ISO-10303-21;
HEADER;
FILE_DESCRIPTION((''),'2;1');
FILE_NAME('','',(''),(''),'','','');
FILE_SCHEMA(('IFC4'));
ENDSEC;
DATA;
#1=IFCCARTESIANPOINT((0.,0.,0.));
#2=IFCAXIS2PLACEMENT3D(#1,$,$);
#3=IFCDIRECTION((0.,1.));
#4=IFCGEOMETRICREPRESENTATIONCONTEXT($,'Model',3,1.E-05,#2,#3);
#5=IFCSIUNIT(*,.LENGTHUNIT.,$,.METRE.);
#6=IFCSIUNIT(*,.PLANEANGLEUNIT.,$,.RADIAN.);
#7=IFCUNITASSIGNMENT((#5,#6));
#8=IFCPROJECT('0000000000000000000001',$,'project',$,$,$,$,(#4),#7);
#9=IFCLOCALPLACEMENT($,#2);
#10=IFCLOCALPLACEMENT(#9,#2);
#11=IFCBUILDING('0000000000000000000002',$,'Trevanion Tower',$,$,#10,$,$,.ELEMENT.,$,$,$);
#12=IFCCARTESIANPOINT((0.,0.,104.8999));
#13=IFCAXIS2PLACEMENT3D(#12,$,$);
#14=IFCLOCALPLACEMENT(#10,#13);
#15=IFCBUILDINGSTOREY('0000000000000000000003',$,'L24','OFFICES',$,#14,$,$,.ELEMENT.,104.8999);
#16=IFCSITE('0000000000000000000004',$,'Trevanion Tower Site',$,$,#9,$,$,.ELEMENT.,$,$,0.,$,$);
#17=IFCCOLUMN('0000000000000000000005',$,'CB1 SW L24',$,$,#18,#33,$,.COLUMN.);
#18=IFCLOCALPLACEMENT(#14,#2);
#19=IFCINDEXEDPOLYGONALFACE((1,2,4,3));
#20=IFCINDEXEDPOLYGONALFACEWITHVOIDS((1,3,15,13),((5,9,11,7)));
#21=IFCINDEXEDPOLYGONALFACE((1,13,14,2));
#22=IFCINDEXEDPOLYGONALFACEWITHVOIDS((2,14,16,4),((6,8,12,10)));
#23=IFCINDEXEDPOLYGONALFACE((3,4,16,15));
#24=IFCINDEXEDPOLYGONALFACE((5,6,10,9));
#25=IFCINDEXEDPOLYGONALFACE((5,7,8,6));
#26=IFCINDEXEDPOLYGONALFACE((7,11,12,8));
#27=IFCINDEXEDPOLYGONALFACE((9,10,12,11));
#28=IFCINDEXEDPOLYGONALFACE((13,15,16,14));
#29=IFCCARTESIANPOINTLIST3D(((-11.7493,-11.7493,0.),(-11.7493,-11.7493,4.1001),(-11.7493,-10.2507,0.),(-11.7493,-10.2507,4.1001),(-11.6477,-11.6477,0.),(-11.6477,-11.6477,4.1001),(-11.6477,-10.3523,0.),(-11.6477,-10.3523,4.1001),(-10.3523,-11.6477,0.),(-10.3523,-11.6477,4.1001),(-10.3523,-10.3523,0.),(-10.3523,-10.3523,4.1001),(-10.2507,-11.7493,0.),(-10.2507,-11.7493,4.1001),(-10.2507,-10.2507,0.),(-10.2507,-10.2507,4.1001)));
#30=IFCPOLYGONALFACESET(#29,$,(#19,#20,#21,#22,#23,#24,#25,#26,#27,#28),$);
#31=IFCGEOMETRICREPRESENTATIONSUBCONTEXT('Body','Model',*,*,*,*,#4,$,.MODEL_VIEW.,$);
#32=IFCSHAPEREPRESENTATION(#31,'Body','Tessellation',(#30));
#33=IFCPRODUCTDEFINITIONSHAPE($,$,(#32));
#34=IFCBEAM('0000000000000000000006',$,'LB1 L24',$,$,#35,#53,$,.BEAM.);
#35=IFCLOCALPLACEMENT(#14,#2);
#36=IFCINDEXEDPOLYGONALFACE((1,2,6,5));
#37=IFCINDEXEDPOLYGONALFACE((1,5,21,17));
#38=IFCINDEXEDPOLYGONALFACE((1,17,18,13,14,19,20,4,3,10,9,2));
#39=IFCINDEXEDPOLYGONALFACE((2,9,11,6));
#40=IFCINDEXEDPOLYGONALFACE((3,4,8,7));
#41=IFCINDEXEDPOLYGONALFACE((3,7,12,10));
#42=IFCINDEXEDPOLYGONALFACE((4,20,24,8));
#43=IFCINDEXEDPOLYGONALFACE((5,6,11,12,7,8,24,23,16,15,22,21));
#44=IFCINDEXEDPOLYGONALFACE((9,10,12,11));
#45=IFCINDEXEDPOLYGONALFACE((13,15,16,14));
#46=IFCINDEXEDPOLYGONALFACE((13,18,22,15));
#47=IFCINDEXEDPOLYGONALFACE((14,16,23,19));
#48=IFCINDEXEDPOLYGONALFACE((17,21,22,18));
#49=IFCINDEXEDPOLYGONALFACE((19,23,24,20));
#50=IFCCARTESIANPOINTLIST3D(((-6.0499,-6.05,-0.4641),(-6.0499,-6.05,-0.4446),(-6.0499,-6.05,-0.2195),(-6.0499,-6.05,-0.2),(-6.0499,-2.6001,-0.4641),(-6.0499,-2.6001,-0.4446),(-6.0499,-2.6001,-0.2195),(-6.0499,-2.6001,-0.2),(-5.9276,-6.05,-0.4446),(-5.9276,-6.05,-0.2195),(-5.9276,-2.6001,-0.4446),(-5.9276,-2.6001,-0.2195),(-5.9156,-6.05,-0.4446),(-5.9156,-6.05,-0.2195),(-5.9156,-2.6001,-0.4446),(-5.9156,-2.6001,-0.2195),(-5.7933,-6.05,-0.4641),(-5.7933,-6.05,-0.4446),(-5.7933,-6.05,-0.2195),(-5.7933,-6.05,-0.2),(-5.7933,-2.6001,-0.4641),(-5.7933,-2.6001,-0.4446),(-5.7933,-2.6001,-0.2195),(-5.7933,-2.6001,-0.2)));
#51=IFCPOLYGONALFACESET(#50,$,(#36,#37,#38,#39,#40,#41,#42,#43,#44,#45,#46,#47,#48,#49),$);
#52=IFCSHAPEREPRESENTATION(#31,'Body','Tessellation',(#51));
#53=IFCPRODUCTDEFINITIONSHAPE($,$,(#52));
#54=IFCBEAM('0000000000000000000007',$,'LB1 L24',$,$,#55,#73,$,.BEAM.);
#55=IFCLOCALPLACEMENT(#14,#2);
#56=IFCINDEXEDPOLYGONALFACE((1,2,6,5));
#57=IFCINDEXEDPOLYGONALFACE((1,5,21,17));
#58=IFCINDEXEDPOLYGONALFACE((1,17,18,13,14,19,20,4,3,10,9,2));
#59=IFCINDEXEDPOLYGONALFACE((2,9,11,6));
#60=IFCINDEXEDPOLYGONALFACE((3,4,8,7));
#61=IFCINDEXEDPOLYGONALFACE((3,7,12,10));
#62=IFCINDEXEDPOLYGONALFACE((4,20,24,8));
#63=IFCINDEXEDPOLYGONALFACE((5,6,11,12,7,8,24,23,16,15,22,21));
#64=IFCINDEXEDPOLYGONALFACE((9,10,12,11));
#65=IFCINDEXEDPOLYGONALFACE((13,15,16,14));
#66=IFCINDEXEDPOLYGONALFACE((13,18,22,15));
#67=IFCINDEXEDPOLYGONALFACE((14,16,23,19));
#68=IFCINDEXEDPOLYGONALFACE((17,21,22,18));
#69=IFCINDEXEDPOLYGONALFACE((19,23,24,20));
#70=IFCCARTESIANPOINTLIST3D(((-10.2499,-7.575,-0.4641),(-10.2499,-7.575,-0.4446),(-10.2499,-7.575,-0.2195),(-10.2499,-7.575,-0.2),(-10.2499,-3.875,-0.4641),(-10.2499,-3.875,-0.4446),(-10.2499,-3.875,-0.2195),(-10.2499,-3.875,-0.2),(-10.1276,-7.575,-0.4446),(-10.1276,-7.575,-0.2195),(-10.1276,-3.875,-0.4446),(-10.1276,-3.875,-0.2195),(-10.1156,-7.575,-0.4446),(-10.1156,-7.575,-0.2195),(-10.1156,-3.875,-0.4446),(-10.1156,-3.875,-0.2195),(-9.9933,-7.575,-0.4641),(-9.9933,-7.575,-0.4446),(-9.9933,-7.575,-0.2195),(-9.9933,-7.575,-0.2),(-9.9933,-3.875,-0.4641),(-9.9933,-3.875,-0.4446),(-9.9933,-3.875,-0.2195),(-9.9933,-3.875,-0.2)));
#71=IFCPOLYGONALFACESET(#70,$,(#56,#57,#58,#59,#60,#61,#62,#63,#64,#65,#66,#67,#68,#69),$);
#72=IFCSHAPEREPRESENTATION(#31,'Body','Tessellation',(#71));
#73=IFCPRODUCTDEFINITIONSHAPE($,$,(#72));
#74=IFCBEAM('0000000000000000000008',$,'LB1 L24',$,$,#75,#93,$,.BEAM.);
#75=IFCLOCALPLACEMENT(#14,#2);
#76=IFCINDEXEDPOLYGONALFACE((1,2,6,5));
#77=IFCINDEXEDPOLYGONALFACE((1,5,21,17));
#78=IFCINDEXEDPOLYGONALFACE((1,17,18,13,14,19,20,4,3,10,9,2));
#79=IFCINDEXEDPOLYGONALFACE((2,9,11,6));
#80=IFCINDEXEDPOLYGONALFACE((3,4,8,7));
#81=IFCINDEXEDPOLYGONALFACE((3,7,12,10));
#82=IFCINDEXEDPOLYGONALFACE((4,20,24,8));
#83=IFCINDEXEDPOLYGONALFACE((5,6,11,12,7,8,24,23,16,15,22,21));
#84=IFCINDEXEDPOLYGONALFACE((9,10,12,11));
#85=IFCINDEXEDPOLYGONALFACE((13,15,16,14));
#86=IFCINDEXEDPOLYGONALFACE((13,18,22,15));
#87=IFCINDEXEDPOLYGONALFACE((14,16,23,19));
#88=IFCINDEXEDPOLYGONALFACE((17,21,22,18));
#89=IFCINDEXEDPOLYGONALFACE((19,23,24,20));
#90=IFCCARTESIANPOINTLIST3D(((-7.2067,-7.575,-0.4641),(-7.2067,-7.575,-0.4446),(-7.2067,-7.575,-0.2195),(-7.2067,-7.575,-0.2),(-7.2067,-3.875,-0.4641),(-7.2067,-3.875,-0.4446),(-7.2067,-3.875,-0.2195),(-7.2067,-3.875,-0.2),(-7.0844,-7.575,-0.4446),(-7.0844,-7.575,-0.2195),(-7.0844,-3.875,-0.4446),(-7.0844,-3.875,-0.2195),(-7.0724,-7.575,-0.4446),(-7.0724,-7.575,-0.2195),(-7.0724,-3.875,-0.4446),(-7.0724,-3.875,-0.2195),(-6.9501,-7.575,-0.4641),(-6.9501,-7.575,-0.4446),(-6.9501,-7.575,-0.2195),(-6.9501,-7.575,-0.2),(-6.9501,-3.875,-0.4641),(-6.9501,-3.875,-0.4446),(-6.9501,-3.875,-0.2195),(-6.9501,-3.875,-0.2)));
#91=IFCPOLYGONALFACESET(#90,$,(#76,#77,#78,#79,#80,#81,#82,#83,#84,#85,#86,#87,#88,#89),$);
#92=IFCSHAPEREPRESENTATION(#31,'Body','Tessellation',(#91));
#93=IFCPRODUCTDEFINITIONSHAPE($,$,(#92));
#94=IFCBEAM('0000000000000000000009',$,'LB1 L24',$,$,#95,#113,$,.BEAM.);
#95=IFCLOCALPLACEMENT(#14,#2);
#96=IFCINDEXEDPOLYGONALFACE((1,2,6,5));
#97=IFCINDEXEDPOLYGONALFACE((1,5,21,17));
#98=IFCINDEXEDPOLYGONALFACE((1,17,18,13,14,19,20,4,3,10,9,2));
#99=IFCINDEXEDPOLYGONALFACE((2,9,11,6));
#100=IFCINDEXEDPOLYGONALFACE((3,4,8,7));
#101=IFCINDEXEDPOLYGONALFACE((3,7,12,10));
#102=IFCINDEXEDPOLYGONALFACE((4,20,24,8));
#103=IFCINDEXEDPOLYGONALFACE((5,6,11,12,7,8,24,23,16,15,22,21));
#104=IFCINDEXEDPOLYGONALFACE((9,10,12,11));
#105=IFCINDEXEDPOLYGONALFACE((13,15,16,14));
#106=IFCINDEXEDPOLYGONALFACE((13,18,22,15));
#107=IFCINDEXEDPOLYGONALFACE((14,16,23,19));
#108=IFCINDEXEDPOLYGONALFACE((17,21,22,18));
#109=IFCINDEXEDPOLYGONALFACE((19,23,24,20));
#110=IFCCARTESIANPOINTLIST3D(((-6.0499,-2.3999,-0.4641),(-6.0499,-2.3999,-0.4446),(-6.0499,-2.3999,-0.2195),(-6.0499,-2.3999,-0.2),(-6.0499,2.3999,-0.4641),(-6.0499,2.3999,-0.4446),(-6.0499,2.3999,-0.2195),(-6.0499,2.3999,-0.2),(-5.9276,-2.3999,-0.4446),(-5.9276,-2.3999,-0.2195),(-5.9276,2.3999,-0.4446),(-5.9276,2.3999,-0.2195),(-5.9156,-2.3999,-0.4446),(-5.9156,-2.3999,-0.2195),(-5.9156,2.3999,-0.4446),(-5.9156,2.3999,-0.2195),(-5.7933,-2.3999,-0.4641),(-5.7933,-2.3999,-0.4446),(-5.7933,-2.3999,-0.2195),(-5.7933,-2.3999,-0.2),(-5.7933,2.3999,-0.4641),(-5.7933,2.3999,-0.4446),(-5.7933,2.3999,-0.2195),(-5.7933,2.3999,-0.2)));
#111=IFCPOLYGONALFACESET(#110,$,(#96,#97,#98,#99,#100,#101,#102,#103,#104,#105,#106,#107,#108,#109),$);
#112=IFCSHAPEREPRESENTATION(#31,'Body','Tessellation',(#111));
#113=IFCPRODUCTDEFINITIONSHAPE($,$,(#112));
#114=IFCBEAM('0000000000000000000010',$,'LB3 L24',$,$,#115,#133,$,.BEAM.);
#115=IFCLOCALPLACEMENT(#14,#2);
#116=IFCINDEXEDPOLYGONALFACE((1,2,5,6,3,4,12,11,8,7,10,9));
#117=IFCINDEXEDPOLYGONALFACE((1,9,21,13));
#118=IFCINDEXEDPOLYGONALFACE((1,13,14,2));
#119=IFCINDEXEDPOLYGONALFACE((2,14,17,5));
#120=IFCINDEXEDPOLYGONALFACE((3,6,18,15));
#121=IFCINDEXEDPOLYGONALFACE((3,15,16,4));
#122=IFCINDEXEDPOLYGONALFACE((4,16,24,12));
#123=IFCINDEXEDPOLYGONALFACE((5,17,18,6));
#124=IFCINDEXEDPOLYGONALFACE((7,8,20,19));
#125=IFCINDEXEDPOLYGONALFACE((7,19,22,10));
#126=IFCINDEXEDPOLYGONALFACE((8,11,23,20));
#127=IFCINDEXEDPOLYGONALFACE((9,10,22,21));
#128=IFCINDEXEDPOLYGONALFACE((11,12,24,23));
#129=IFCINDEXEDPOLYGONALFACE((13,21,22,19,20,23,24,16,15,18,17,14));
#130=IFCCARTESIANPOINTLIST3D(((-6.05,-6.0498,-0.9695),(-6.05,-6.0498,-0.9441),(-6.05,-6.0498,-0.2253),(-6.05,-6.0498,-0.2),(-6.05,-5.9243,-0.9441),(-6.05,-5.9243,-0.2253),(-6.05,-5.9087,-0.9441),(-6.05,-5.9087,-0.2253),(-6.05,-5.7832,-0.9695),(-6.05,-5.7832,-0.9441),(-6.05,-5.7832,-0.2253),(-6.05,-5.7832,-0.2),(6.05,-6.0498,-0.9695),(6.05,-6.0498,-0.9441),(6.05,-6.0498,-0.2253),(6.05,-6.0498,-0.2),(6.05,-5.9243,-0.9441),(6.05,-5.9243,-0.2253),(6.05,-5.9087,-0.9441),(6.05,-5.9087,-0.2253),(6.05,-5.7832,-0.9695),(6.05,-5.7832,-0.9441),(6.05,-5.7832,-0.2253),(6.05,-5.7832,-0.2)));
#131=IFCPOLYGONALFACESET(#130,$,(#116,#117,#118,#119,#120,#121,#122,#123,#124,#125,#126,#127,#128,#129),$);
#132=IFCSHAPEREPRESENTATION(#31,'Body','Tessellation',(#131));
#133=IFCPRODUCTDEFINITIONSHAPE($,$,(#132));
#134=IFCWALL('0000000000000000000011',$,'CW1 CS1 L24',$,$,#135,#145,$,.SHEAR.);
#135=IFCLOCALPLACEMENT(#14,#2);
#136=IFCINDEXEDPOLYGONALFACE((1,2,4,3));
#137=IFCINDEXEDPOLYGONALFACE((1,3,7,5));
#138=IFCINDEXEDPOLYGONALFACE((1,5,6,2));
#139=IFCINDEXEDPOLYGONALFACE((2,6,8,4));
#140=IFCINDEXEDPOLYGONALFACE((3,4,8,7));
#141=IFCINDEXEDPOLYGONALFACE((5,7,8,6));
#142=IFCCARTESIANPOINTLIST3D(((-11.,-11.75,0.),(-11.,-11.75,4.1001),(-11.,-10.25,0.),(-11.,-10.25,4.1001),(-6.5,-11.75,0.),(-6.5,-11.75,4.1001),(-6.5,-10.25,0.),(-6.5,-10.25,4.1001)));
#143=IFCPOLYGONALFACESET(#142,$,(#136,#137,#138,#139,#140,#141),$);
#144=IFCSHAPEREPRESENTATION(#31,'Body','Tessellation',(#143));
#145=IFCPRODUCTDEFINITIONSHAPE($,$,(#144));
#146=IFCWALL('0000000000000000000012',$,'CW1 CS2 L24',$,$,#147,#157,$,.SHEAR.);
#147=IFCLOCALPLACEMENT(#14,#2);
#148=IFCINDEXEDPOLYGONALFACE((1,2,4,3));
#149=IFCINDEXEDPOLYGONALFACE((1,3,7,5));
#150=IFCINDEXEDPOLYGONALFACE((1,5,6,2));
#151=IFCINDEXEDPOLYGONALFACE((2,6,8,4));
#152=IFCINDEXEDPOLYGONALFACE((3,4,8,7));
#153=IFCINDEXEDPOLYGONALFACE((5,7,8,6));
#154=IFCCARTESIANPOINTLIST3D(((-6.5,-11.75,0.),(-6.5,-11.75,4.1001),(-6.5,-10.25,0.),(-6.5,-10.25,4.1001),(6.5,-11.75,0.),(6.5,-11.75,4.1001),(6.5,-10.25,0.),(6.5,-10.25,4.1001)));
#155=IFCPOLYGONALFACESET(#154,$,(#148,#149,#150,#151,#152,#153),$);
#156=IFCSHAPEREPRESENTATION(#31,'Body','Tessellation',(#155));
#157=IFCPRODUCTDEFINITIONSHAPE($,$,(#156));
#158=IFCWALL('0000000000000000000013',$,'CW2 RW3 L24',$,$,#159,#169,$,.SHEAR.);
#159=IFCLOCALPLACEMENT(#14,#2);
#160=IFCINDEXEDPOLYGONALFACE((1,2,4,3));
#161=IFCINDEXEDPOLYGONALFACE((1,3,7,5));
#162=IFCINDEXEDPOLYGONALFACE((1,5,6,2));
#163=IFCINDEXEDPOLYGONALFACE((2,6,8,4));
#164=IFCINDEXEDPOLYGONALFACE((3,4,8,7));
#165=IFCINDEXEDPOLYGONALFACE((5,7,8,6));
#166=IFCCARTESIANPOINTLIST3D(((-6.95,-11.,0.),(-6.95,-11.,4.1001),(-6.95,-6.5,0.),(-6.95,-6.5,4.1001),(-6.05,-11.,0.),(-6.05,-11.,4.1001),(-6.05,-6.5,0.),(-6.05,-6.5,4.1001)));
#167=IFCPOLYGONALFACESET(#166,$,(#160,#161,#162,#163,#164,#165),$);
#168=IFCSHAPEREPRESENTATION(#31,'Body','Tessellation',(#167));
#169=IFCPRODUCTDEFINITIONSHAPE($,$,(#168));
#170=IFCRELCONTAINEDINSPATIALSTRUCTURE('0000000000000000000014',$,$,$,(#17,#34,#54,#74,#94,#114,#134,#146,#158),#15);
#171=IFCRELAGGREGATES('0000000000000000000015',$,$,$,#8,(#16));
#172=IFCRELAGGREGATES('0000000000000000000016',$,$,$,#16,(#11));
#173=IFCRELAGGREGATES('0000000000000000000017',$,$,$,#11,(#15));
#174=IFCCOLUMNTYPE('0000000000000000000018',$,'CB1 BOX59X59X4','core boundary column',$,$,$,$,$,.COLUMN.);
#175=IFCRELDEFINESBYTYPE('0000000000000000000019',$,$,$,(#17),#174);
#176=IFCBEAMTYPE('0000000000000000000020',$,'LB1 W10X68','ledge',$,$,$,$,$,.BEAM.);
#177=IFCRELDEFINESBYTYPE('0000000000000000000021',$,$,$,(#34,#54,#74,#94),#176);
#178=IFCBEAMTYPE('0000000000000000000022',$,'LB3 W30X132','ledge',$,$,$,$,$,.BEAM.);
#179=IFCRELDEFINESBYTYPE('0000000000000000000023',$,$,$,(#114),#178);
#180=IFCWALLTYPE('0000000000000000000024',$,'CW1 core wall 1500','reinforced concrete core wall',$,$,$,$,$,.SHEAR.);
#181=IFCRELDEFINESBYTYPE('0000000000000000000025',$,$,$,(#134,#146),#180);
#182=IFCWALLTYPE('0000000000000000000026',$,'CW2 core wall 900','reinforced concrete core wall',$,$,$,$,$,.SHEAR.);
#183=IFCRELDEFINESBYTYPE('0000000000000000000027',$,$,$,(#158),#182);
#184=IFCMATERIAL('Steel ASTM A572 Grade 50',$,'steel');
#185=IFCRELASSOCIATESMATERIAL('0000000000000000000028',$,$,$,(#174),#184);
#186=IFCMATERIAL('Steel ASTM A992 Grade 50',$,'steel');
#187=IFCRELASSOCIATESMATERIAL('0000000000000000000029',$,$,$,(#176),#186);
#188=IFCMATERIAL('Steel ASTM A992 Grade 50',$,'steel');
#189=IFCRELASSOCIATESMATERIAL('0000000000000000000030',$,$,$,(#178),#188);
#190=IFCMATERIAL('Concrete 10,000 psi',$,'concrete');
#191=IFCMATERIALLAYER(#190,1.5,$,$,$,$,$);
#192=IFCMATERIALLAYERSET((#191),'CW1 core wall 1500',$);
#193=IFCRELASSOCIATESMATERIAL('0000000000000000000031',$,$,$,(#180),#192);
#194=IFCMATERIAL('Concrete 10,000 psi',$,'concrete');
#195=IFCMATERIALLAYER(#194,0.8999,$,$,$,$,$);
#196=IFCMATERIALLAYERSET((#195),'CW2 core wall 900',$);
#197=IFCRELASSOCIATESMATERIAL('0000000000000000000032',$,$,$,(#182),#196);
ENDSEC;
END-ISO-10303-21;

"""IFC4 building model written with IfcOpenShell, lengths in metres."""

from ifc_helpers import new_model, si_unit, direction, frame, frame_2d, origin, origin_2d, place, context, subcontext, project, spatial, rectangle, hollow_rectangle, i_section, extrude, material, layer, layer_set, material_profile, profile_set, type_object, element, save


model = new_model("IFC4")

# Units and contexts
model_context = context("Model", 3, precision=1e-05, world=origin(), true_north=direction((0.0, 1.0)))
body_context = subcontext(model_context, "Body", "Model", "MODEL_VIEW")
ifc_project = project(units=[si_unit("LENGTHUNIT", "METRE"), si_unit("PLANEANGLEUNIT", "RADIAN")], contexts=[model_context])

# Site, building, storey
site_placement = place(None, origin())
site = spatial("IfcSite", under=ifc_project, at=site_placement, Name="Trevanion Tower Site", CompositionType="ELEMENT", RefElevation=0.0)
building_placement = place(site_placement, origin())
building = spatial("IfcBuilding", under=site, at=building_placement, Name="Trevanion Tower", CompositionType="ELEMENT")
storey_placement = place(building_placement, frame((0.0, 0.0, 104.8999)))
storey = spatial("IfcBuildingStorey", under=building, at=storey_placement, Name="L24", Description="OFFICES", CompositionType="ELEMENT", Elevation=104.8999)

# Column
ifc_material_1 = material(Name="Steel ASTM A572 Grade 50", Category="steel")
ifc_material_profile_1 = material_profile(ifc_material_1, hollow_rectangle(XDim=1.4985, YDim=1.4985, WallThickness=0.1016, at=origin_2d()), Name="BOX59X59X4")
ifc_profile_set_1 = profile_set([ifc_material_profile_1], Name="Steel ASTM A572 Grade 50")
column_type = type_object("IfcColumnType", Name="CB1 BOX59X59X4", Description="core boundary column", PredefinedType="COLUMN", material=ifc_profile_set_1)
column_placement = place(storey_placement, frame((-11.0, -11.0, 0.0), z_axis=(0.0, 0.0, 1.0), x_axis=(1.0, 0.0, 0.0)))
element("IfcColumn", 1, at=column_placement, inside=storey, type_object=column_type, Name="CB1 SW L24", PredefinedType="COLUMN", context=body_context, shape_type="SweptSolid", body=[
    extrude(hollow_rectangle(XDim=1.4985, YDim=1.4985, WallThickness=0.1016, at=origin_2d()), origin(), (0.0, 0.0, 1.0), 4.1001),
])

# Beams
ifc_material_2 = material(Name="Steel ASTM A992 Grade 50", Category="steel")
ifc_material_profile_2 = material_profile(ifc_material_2, i_section(OverallWidth=0.2566, OverallDepth=0.2642, WebThickness=0.012, FlangeThickness=0.0195, at=origin_2d()), Name="W10X68")
ifc_profile_set_2 = profile_set([ifc_material_profile_2], Name="Steel ASTM A992 Grade 50")
beam_type_1 = type_object("IfcBeamType", Name="LB1 W10X68", Description="ledge", PredefinedType="BEAM", material=ifc_profile_set_2)
beam_1_placement = place(storey_placement, frame((-5.9216, -6.05, -0.332), z_axis=(0.0, 1.0, 0.0), x_axis=(-1.0, 0.0, 0.0)))
element("IfcBeam", 2, at=beam_1_placement, inside=storey, type_object=beam_type_1, Name="LB1 L24", PredefinedType="BEAM", context=body_context, shape_type="SweptSolid", body=[
    extrude(i_section(OverallWidth=0.2566, OverallDepth=0.2642, WebThickness=0.012, FlangeThickness=0.0195, at=origin_2d()), origin(), (0.0, 0.0, 1.0), 3.45),
])
for number, where, z_axis, x_axis, name in (
    (3, (-10.1216, -7.575, -0.332), (0.0, 1.0, 0.0), (-1.0, 0.0, 0.0), "LB1 L24"),
    (4, (-7.0784, -7.575, -0.332), (0.0, 1.0, 0.0), (-1.0, 0.0, 0.0), "LB1 L24"),
):
    element("IfcBeam", number, at=place(storey_placement, frame(where, z_axis=z_axis, x_axis=x_axis)), inside=storey, type_object=beam_type_1, Name=name, PredefinedType="BEAM", context=body_context, shape_type="SweptSolid", body=[
        extrude(i_section(OverallWidth=0.2566, OverallDepth=0.2642, WebThickness=0.012, FlangeThickness=0.0195, at=origin_2d()), origin(), (0.0, 0.0, 1.0), 3.7),
    ])
beam_2_placement = place(storey_placement, frame((-5.9216, -2.3999, -0.332), z_axis=(0.0, 1.0, 0.0), x_axis=(-1.0, 0.0, 0.0)))
element("IfcBeam", 5, at=beam_2_placement, inside=storey, type_object=beam_type_1, Name="LB1 L24", PredefinedType="BEAM", context=body_context, shape_type="SweptSolid", body=[
    extrude(i_section(OverallWidth=0.2566, OverallDepth=0.2642, WebThickness=0.012, FlangeThickness=0.0195, at=origin_2d()), origin(), (0.0, 0.0, 1.0), 4.7998),
])
ifc_material_3 = material(Name="Steel ASTM A992 Grade 50", Category="steel")
ifc_material_profile_3 = material_profile(ifc_material_3, i_section(OverallWidth=0.2666, OverallDepth=0.7695, WebThickness=0.0156, FlangeThickness=0.0254, at=origin_2d()), Name="W30X132")
ifc_profile_set_3 = profile_set([ifc_material_profile_3], Name="Steel ASTM A992 Grade 50")
beam_type_2 = type_object("IfcBeamType", Name="LB3 W30X132", Description="ledge", PredefinedType="BEAM", material=ifc_profile_set_3)
beam_3_placement = place(storey_placement, frame((-6.05, -5.9165, -0.5847), z_axis=(1.0, 0.0, 0.0), x_axis=(0.0, 1.0, 0.0)))
element("IfcBeam", 6, at=beam_3_placement, inside=storey, type_object=beam_type_2, Name="LB3 L24", PredefinedType="BEAM", context=body_context, shape_type="SweptSolid", body=[
    extrude(i_section(OverallWidth=0.2666, OverallDepth=0.7695, WebThickness=0.0156, FlangeThickness=0.0254, at=origin_2d()), origin(), (0.0, 0.0, 1.0), 12.1001),
])

# Walls
ifc_material_4 = material(Name="Concrete 10,000 psi", Category="concrete")
ifc_layer_1 = layer(ifc_material_4, 1.5)
ifc_layer_set_1 = layer_set([ifc_layer_1], Name="CW1 core wall 1500")
wall_type_1 = type_object("IfcWallType", Name="CW1 core wall 1500", Description="reinforced concrete core wall", PredefinedType="SHEAR", material=ifc_layer_set_1)
wall_1_placement = place(storey_placement, frame((-11.0, -11.0, 0.0), z_axis=(0.0, 0.0, 1.0), x_axis=(1.0, 0.0, 0.0)))
element("IfcWall", 7, at=wall_1_placement, inside=storey, type_object=wall_type_1, Name="CW1 CS1 L24", PredefinedType="SHEAR", context=body_context, shape_type="SweptSolid", body=[
    extrude(rectangle(XDim=4.5, YDim=1.5, at=frame_2d((2.25, 0.0))), origin(), (0.0, 0.0, 1.0), 4.1001),
])
wall_2_placement = place(storey_placement, frame((-6.5, -11.0, 0.0), z_axis=(0.0, 0.0, 1.0), x_axis=(1.0, 0.0, 0.0)))
element("IfcWall", 8, at=wall_2_placement, inside=storey, type_object=wall_type_1, Name="CW1 CS2 L24", PredefinedType="SHEAR", context=body_context, shape_type="SweptSolid", body=[
    extrude(rectangle(XDim=13.0, YDim=1.5, at=frame_2d((6.5, 0.0))), origin(), (0.0, 0.0, 1.0), 4.1001),
])
ifc_material_5 = material(Name="Concrete 10,000 psi", Category="concrete")
ifc_layer_2 = layer(ifc_material_5, 0.8999)
ifc_layer_set_2 = layer_set([ifc_layer_2], Name="CW2 core wall 900")
wall_type_2 = type_object("IfcWallType", Name="CW2 core wall 900", Description="reinforced concrete core wall", PredefinedType="SHEAR", material=ifc_layer_set_2)
wall_3_placement = place(storey_placement, frame((-6.5, -6.5, 0.0), z_axis=(0.0, 0.0, 1.0), x_axis=(0.0, -1.0, 0.0)))
element("IfcWall", 9, at=wall_3_placement, inside=storey, type_object=wall_type_2, Name="CW2 RW3 L24", PredefinedType="SHEAR", context=body_context, shape_type="SweptSolid", body=[
    extrude(rectangle(XDim=4.5, YDim=0.8999, at=frame_2d((2.25, 0.0))), origin(), (0.0, 0.0, 1.0), 4.1001),
])

save(model, "model.ifc")
